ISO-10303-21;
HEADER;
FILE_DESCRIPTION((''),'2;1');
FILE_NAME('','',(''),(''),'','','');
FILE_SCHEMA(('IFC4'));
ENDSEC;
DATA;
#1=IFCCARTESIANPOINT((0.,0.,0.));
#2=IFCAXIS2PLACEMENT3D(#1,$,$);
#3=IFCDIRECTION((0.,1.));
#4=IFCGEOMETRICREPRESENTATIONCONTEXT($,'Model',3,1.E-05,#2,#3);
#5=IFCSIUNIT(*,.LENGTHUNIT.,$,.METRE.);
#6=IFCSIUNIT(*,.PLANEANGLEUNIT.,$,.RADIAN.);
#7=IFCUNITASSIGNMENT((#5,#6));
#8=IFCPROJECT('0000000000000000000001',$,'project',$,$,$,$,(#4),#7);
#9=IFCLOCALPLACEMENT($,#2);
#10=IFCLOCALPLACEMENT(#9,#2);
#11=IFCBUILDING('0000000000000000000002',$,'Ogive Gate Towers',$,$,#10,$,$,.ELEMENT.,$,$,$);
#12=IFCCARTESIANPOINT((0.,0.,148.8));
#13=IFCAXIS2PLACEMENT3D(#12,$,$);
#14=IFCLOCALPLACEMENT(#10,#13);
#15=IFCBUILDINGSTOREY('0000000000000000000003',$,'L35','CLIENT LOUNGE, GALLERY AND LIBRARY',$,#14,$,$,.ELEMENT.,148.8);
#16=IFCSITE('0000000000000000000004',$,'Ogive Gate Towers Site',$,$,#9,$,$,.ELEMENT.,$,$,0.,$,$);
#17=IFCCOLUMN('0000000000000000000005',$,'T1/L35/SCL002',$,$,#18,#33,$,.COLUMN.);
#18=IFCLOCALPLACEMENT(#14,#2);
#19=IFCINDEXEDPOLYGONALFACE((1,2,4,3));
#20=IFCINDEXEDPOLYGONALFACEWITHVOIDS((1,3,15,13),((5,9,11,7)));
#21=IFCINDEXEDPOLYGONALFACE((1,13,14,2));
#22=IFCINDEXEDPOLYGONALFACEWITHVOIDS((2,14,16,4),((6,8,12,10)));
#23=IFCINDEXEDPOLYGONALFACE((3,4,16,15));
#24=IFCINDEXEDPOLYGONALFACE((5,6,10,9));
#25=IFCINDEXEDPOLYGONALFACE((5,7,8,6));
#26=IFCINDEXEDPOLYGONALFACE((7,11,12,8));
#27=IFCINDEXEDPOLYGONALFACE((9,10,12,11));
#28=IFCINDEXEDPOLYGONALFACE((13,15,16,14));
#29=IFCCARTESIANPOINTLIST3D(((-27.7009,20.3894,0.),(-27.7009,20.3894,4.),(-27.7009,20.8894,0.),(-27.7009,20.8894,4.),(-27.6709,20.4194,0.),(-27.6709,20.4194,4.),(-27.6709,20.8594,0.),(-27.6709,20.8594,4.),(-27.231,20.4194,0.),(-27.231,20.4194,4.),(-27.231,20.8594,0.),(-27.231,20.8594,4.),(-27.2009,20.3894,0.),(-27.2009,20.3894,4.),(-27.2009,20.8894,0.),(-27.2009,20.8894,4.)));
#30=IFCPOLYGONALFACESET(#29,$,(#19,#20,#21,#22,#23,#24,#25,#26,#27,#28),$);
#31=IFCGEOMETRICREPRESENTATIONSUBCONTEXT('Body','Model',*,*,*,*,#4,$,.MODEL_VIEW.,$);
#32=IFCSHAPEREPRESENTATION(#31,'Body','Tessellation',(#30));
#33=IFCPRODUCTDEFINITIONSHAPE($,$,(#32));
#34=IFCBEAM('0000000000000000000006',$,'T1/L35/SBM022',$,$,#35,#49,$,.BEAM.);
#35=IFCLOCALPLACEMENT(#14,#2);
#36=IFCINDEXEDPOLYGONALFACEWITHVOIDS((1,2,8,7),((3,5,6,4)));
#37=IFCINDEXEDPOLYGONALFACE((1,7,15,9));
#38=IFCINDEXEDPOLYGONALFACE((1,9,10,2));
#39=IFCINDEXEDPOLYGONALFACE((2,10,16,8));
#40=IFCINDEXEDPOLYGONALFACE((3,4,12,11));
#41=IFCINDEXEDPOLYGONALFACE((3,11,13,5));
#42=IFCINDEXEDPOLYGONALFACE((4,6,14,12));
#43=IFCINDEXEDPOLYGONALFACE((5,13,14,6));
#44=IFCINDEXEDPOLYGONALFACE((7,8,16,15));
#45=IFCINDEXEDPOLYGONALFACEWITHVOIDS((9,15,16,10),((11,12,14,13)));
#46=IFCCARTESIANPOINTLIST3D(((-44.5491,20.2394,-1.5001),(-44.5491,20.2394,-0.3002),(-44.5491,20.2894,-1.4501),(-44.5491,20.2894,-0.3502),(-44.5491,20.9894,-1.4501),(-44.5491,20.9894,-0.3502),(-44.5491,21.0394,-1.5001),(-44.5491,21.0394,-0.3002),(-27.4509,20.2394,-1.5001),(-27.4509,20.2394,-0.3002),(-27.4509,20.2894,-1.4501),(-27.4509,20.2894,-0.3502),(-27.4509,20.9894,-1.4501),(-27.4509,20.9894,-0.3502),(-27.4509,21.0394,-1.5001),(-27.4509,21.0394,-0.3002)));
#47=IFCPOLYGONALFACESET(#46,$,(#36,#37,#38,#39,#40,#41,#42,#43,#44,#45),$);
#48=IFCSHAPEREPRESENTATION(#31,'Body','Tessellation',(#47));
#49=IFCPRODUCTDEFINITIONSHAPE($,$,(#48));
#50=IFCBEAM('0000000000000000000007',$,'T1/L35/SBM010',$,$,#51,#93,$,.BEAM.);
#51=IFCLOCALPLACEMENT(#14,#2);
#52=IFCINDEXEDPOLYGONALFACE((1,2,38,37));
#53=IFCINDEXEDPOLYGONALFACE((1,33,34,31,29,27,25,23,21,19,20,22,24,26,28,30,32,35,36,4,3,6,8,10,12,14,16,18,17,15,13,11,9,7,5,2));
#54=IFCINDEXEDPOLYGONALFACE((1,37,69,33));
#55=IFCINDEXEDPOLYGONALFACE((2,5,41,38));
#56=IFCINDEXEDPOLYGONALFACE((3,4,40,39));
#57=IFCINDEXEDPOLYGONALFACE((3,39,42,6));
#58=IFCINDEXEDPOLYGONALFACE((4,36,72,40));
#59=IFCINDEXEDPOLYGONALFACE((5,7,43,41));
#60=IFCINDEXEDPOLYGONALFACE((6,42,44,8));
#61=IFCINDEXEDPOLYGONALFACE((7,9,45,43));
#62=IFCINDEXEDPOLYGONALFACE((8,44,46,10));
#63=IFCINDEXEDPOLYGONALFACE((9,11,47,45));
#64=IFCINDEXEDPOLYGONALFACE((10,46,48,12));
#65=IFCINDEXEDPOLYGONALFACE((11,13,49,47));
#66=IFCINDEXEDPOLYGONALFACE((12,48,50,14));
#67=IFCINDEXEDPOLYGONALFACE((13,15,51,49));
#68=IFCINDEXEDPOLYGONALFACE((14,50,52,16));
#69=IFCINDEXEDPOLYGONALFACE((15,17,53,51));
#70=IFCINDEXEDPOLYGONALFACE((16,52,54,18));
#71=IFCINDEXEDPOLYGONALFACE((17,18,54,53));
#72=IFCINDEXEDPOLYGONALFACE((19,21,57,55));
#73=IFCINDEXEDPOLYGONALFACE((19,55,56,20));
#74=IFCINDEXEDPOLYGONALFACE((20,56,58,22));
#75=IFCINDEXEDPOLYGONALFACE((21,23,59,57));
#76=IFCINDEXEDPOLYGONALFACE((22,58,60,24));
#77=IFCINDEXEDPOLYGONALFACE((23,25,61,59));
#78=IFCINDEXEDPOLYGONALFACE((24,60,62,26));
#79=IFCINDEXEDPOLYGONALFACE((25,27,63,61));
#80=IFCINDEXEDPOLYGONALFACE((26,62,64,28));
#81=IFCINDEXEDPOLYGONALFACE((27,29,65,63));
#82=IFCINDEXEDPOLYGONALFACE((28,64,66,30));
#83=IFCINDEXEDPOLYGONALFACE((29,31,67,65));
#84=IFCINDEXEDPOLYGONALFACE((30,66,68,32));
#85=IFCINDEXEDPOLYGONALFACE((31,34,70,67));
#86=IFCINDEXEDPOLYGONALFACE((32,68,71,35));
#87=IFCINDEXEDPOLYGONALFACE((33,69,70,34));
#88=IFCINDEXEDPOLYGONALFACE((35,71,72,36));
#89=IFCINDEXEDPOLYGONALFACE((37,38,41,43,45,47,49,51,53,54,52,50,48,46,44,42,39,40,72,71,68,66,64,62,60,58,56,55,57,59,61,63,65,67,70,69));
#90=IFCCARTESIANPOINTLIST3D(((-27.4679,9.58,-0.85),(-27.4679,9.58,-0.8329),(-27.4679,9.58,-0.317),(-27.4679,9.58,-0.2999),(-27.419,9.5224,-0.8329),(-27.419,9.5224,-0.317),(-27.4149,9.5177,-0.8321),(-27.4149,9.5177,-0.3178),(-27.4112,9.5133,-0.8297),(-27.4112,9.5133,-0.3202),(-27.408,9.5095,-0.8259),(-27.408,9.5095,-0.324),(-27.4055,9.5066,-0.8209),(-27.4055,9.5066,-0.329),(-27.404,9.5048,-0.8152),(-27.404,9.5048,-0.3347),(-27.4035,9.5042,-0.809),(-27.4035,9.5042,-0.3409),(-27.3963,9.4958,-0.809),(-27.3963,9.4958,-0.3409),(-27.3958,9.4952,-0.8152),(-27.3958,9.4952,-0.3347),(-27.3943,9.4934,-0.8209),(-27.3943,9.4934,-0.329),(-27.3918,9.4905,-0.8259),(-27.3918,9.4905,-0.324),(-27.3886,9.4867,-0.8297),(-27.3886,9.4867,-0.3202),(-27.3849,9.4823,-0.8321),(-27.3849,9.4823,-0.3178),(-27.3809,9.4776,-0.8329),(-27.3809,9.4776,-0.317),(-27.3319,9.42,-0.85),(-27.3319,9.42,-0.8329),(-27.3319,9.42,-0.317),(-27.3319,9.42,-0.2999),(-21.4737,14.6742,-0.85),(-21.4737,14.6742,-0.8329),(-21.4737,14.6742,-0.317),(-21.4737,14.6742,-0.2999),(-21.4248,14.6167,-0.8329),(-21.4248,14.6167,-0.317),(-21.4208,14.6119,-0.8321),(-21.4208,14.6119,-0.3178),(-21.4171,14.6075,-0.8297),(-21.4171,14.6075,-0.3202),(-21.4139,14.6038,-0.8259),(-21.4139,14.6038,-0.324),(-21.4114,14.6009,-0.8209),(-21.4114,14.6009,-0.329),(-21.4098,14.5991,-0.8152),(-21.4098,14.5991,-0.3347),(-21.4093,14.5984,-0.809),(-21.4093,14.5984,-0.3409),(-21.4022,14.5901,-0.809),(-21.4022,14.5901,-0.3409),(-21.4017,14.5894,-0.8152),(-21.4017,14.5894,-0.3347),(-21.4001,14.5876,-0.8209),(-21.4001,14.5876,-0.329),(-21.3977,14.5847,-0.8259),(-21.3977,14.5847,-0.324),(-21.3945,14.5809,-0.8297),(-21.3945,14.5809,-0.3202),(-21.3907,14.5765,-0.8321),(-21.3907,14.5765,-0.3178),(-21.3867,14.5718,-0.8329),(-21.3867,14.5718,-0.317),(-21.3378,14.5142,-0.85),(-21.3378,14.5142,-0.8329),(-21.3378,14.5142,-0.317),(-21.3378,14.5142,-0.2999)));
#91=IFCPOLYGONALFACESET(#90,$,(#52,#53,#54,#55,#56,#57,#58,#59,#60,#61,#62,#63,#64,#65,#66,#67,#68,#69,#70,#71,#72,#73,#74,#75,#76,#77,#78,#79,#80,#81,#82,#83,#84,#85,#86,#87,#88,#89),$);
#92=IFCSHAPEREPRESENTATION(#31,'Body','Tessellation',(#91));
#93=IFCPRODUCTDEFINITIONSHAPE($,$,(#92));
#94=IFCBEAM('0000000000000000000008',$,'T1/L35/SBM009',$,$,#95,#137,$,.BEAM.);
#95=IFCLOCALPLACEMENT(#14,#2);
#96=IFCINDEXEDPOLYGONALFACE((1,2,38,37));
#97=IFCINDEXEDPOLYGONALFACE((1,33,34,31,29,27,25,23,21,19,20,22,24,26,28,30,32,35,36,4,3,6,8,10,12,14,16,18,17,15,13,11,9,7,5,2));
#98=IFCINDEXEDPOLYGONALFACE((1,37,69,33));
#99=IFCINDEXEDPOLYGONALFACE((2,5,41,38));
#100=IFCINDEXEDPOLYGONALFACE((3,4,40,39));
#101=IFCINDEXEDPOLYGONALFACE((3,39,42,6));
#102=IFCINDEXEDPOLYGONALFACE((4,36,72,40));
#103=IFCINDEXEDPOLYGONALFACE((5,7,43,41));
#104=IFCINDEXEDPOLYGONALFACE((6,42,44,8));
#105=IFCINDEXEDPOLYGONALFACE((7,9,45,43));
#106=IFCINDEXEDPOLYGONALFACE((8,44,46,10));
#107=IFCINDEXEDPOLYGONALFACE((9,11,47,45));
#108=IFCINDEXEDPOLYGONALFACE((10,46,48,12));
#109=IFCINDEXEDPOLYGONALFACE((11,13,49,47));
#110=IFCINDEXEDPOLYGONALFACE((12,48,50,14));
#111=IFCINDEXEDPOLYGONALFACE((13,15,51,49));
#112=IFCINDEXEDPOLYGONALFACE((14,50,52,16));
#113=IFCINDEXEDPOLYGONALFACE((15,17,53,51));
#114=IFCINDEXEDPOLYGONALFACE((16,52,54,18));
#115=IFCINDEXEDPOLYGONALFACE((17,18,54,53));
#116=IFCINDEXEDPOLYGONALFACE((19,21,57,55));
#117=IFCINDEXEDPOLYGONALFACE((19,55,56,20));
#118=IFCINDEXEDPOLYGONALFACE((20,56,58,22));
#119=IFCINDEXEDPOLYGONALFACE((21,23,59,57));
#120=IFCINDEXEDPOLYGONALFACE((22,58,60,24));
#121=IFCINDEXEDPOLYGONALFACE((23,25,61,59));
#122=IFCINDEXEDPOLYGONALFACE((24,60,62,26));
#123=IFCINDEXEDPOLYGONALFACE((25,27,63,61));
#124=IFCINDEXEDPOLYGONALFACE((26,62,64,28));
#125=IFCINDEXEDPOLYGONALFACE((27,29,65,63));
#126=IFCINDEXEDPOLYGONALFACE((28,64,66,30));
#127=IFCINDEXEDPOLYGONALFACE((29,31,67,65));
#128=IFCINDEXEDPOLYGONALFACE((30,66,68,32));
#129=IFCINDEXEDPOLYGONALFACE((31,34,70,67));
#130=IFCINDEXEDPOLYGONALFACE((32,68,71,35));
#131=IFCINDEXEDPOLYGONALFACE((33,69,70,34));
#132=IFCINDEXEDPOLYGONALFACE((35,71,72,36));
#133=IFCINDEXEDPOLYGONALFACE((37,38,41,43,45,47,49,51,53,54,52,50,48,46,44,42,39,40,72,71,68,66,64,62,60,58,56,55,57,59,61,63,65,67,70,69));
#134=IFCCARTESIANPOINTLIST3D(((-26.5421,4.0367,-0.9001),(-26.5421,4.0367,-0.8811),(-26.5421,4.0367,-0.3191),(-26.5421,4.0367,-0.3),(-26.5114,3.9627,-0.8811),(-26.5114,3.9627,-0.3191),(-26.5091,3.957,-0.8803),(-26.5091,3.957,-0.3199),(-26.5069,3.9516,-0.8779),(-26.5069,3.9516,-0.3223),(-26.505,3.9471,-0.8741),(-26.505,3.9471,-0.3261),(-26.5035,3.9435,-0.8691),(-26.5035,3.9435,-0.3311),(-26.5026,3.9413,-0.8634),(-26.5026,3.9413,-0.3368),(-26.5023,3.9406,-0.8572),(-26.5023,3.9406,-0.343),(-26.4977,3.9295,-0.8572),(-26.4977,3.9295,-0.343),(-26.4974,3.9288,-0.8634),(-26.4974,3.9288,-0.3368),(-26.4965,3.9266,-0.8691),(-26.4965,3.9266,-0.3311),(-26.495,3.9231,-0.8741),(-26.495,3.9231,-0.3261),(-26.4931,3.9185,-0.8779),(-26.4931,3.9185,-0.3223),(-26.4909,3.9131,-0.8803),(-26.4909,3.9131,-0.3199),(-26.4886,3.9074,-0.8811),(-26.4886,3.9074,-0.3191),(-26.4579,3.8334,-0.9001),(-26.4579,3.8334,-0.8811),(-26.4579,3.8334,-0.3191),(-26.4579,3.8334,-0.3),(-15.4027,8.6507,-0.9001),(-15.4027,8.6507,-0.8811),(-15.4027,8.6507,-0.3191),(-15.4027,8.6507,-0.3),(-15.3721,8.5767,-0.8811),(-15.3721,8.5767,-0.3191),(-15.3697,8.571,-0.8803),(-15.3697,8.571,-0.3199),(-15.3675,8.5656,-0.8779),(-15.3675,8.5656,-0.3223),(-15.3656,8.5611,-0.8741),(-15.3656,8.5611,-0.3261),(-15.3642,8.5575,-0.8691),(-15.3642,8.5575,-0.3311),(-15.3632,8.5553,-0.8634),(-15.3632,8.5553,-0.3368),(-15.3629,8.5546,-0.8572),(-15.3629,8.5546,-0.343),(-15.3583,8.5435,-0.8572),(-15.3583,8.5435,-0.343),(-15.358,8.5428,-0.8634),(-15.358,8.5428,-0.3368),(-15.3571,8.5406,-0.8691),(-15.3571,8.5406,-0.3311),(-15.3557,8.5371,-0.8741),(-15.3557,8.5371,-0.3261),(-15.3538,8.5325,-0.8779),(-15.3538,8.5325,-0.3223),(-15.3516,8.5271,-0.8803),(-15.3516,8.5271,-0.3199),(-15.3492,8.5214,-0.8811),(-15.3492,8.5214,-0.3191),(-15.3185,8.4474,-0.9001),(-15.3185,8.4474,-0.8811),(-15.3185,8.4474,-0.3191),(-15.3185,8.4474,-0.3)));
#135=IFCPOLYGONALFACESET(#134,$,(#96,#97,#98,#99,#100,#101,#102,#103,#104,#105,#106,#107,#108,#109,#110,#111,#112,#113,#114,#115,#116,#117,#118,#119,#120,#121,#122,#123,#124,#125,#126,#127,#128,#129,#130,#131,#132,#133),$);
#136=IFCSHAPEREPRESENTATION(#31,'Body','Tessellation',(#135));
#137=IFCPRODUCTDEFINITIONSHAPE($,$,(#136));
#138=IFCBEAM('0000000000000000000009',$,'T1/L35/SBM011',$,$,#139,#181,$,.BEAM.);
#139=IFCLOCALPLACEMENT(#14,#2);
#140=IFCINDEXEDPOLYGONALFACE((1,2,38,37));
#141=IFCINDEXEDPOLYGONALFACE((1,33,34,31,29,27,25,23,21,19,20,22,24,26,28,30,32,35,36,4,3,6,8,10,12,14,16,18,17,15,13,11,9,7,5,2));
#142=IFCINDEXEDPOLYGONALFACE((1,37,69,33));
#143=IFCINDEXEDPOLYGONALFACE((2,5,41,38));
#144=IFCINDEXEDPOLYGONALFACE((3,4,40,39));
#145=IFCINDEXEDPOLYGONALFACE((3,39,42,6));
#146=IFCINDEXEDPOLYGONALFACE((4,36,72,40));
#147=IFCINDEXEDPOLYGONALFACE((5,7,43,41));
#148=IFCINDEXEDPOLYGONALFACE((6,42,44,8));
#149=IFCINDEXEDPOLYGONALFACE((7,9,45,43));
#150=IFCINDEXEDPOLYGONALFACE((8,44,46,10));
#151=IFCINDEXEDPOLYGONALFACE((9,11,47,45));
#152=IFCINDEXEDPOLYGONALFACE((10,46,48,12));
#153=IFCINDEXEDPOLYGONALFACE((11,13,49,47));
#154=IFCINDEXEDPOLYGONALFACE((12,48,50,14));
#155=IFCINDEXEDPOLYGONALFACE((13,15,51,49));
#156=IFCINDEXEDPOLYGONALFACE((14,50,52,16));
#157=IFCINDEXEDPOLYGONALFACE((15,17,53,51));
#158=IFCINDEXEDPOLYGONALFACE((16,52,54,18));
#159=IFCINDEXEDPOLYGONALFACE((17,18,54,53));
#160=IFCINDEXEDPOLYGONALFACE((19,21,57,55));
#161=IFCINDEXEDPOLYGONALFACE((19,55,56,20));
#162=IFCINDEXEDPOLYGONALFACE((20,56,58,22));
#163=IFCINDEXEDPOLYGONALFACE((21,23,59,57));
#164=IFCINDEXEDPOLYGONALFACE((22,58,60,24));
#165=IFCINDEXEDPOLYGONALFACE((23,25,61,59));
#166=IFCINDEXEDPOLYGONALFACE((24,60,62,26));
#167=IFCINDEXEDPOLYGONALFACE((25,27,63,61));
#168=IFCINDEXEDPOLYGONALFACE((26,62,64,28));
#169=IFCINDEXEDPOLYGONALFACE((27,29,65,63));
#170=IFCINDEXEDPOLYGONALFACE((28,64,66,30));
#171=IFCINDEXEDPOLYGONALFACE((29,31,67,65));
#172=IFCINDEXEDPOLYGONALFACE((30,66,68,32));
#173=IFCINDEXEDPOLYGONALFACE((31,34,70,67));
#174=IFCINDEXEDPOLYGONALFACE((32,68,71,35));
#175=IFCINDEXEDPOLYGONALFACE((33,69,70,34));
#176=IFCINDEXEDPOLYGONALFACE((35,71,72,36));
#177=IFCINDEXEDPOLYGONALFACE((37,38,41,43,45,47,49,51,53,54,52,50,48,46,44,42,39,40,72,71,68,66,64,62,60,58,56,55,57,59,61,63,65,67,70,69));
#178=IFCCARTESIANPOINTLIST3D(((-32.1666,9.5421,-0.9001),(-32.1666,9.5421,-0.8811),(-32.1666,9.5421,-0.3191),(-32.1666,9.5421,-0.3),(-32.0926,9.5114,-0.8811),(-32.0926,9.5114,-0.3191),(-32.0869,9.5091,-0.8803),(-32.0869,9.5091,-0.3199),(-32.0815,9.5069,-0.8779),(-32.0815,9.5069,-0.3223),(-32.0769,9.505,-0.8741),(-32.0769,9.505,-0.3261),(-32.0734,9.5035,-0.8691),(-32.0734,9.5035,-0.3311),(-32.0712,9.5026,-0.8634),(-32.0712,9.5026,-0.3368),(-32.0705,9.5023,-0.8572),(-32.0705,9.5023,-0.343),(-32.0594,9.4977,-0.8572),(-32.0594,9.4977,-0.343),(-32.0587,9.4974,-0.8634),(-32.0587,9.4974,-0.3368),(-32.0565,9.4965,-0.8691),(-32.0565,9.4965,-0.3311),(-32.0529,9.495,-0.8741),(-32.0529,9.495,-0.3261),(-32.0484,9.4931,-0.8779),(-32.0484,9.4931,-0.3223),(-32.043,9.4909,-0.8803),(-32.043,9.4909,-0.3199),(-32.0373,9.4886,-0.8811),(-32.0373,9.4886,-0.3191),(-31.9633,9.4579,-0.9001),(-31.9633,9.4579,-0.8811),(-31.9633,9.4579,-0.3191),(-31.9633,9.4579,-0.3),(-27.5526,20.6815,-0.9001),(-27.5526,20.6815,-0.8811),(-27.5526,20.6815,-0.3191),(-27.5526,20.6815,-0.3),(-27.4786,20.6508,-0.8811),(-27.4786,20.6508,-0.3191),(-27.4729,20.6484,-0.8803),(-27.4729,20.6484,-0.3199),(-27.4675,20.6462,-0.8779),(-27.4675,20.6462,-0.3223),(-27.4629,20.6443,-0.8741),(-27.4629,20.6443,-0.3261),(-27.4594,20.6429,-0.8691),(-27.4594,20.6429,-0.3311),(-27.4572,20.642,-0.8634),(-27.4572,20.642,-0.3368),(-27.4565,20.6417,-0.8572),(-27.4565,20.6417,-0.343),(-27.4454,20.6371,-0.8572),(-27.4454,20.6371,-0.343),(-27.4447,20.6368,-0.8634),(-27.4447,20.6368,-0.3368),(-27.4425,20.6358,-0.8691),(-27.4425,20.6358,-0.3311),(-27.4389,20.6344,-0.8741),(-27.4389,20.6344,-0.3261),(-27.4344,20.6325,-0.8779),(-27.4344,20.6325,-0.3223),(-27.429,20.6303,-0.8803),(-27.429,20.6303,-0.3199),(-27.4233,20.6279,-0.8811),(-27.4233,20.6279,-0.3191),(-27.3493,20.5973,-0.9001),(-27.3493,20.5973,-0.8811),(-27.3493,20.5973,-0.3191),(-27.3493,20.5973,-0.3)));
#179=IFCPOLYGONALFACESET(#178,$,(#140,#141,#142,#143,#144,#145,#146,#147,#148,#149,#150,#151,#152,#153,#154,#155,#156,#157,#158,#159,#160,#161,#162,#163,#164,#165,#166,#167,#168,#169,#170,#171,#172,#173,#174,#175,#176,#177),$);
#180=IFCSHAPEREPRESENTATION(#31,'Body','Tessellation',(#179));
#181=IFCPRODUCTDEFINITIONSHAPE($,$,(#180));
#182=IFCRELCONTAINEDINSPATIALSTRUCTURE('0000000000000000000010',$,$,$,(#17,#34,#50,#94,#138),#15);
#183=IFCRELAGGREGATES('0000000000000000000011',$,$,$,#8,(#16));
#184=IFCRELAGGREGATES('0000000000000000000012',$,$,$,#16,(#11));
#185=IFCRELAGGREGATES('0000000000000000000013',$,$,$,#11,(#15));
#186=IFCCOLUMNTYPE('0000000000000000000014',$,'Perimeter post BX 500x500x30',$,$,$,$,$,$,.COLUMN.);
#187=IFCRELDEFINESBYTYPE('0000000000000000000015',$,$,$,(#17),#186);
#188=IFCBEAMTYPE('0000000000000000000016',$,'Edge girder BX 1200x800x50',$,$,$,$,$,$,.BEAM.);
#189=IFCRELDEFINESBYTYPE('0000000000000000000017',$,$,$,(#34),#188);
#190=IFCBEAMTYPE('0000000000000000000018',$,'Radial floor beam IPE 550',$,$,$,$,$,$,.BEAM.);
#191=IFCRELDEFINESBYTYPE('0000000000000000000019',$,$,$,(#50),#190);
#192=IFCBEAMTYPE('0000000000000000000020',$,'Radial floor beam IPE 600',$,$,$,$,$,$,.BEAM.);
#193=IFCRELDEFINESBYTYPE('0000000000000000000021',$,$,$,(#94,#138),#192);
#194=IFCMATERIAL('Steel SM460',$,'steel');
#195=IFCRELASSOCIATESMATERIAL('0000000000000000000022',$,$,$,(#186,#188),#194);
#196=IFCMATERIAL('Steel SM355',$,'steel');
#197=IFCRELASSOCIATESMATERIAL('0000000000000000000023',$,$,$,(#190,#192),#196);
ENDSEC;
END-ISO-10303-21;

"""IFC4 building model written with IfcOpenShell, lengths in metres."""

from ifc_helpers import new_model, si_unit, direction, frame, origin, origin_2d, place, context, subcontext, project, spatial, hollow_rectangle, i_section, extrude, material, material_profile, profile_set, type_object, element, save


model = new_model("IFC4")

# Units and contexts
model_context = context("Model", 3, precision=1e-05, world=origin(), true_north=direction((0.0, 1.0)))
body_context = subcontext(model_context, "Body", "Model", "MODEL_VIEW")
ifc_project = project(units=[si_unit("LENGTHUNIT", "METRE"), si_unit("PLANEANGLEUNIT", "RADIAN")], contexts=[model_context])

# Site, building, storey
site_placement = place(None, origin())
site = spatial("IfcSite", under=ifc_project, at=site_placement, Name="Ogive Gate Towers Site", CompositionType="ELEMENT", RefElevation=0.0)
building_placement = place(site_placement, origin())
building = spatial("IfcBuilding", under=site, at=building_placement, Name="Ogive Gate Towers", CompositionType="ELEMENT")
storey_placement = place(building_placement, frame((0.0, 0.0, 148.8)))
storey = spatial("IfcBuildingStorey", under=building, at=storey_placement, Name="L35", Description="CLIENT LOUNGE, GALLERY AND LIBRARY", CompositionType="ELEMENT", Elevation=148.8)

# Column
ifc_material_1 = material(Name="Steel SM460", Category="steel")
ifc_material_profile_1 = material_profile(ifc_material_1, hollow_rectangle(XDim=0.5, YDim=0.5, WallThickness=0.03, at=origin_2d()), Name="BX 500x500x30")
ifc_profile_set_1 = profile_set([ifc_material_profile_1], Name="Steel SM460")
column_type = type_object("IfcColumnType", Name="Perimeter post BX 500x500x30", PredefinedType="COLUMN", material=ifc_profile_set_1)
column_placement = place(storey_placement, frame((-27.4509, 20.6394, 0.0), z_axis=(0.0, 0.0, 1.0), x_axis=(1.0, 0.0, 0.0)))
element("IfcColumn", 1, at=column_placement, inside=storey, type_object=column_type, Name="T1/L35/SCL002", PredefinedType="COLUMN", context=body_context, shape_type="SweptSolid", body=[
    extrude(hollow_rectangle(XDim=0.5, YDim=0.5, WallThickness=0.03, at=origin_2d()), origin(), (0.0, 0.0, 1.0), 4.0),
])

# Beams
ifc_material_profile_2 = material_profile(ifc_material_1, hollow_rectangle(XDim=0.8, YDim=1.2, WallThickness=0.05, at=origin_2d()), Name="BX 1200x800x50")
ifc_profile_set_2 = profile_set([ifc_material_profile_2], Name="Steel SM460")
beam_type_1 = type_object("IfcBeamType", Name="Edge girder BX 1200x800x50", PredefinedType="BEAM", material=ifc_profile_set_2)
beam_1_placement = place(storey_placement, frame((-27.4509, 20.6394, -0.9001), z_axis=(-1.0, 0.0, 0.0), x_axis=(0.0, -1.0, 0.0)))
element("IfcBeam", 2, at=beam_1_placement, inside=storey, type_object=beam_type_1, Name="T1/L35/SBM022", PredefinedType="BEAM", context=body_context, shape_type="SweptSolid", body=[
    extrude(hollow_rectangle(XDim=0.8, YDim=1.2, WallThickness=0.05, at=origin_2d()), origin(), (0.0, 0.0, 1.0), 17.0981),
])
ifc_material_2 = material(Name="Steel SM355", Category="steel")
ifc_material_profile_3 = material_profile(ifc_material_2, i_section(OverallWidth=0.21, OverallDepth=0.55, WebThickness=0.011, FlangeThickness=0.0171, FilletRadius=0.0239, at=origin_2d()), Name="IPE 550")
ifc_profile_set_3 = profile_set([ifc_material_profile_3], Name="Steel SM355")
beam_type_2 = type_object("IfcBeamType", Name="Radial floor beam IPE 550", PredefinedType="BEAM", material=ifc_profile_set_3)
beam_2_placement = place(storey_placement, frame((-27.3999, 9.5, -0.575), z_axis=(0.761988, 0.647591, 0.0), x_axis=(-0.647591, 0.761988, 0.0)))
element("IfcBeam", 3, at=beam_2_placement, inside=storey, type_object=beam_type_2, Name="T1/L35/SBM010", PredefinedType="BEAM", context=body_context, shape_type="SweptSolid", body=[
    extrude(i_section(OverallWidth=0.21, OverallDepth=0.55, WebThickness=0.011, FlangeThickness=0.0171, FilletRadius=0.0239, at=origin_2d()), origin(), (0.0, 0.0, 1.0), 7.8665),
])
ifc_material_profile_4 = material_profile(ifc_material_2, i_section(OverallWidth=0.22, OverallDepth=0.6001, WebThickness=0.012, FlangeThickness=0.019, FilletRadius=0.0239, at=origin_2d()), Name="IPE 600")
ifc_profile_set_4 = profile_set([ifc_material_profile_4], Name="Steel SM355")
beam_type_3 = type_object("IfcBeamType", Name="Radial floor beam IPE 600", PredefinedType="BEAM", material=ifc_profile_set_4)
for number, where, z_axis, x_axis, name in (
    (4, (-26.5, 3.9351, -0.6001), (0.923882, 0.382678, 0.0), (-0.382678, 0.923882, 0.0), "T1/L35/SBM009"),
    (5, (-32.0649, 9.5, -0.6001), (0.382678, 0.923882, 0.0), (-0.923882, 0.382678, 0.0), "T1/L35/SBM011"),
):
    element("IfcBeam", number, at=place(storey_placement, frame(where, z_axis=z_axis, x_axis=x_axis)), inside=storey, type_object=beam_type_3, Name=name, PredefinedType="BEAM", context=body_context, shape_type="SweptSolid", body=[
        extrude(i_section(OverallWidth=0.22, OverallDepth=0.6001, WebThickness=0.012, FlangeThickness=0.019, FilletRadius=0.0239, at=origin_2d()), origin(), (0.0, 0.0, 1.0), 12.0571),
    ])

save(model, "model.ifc")
